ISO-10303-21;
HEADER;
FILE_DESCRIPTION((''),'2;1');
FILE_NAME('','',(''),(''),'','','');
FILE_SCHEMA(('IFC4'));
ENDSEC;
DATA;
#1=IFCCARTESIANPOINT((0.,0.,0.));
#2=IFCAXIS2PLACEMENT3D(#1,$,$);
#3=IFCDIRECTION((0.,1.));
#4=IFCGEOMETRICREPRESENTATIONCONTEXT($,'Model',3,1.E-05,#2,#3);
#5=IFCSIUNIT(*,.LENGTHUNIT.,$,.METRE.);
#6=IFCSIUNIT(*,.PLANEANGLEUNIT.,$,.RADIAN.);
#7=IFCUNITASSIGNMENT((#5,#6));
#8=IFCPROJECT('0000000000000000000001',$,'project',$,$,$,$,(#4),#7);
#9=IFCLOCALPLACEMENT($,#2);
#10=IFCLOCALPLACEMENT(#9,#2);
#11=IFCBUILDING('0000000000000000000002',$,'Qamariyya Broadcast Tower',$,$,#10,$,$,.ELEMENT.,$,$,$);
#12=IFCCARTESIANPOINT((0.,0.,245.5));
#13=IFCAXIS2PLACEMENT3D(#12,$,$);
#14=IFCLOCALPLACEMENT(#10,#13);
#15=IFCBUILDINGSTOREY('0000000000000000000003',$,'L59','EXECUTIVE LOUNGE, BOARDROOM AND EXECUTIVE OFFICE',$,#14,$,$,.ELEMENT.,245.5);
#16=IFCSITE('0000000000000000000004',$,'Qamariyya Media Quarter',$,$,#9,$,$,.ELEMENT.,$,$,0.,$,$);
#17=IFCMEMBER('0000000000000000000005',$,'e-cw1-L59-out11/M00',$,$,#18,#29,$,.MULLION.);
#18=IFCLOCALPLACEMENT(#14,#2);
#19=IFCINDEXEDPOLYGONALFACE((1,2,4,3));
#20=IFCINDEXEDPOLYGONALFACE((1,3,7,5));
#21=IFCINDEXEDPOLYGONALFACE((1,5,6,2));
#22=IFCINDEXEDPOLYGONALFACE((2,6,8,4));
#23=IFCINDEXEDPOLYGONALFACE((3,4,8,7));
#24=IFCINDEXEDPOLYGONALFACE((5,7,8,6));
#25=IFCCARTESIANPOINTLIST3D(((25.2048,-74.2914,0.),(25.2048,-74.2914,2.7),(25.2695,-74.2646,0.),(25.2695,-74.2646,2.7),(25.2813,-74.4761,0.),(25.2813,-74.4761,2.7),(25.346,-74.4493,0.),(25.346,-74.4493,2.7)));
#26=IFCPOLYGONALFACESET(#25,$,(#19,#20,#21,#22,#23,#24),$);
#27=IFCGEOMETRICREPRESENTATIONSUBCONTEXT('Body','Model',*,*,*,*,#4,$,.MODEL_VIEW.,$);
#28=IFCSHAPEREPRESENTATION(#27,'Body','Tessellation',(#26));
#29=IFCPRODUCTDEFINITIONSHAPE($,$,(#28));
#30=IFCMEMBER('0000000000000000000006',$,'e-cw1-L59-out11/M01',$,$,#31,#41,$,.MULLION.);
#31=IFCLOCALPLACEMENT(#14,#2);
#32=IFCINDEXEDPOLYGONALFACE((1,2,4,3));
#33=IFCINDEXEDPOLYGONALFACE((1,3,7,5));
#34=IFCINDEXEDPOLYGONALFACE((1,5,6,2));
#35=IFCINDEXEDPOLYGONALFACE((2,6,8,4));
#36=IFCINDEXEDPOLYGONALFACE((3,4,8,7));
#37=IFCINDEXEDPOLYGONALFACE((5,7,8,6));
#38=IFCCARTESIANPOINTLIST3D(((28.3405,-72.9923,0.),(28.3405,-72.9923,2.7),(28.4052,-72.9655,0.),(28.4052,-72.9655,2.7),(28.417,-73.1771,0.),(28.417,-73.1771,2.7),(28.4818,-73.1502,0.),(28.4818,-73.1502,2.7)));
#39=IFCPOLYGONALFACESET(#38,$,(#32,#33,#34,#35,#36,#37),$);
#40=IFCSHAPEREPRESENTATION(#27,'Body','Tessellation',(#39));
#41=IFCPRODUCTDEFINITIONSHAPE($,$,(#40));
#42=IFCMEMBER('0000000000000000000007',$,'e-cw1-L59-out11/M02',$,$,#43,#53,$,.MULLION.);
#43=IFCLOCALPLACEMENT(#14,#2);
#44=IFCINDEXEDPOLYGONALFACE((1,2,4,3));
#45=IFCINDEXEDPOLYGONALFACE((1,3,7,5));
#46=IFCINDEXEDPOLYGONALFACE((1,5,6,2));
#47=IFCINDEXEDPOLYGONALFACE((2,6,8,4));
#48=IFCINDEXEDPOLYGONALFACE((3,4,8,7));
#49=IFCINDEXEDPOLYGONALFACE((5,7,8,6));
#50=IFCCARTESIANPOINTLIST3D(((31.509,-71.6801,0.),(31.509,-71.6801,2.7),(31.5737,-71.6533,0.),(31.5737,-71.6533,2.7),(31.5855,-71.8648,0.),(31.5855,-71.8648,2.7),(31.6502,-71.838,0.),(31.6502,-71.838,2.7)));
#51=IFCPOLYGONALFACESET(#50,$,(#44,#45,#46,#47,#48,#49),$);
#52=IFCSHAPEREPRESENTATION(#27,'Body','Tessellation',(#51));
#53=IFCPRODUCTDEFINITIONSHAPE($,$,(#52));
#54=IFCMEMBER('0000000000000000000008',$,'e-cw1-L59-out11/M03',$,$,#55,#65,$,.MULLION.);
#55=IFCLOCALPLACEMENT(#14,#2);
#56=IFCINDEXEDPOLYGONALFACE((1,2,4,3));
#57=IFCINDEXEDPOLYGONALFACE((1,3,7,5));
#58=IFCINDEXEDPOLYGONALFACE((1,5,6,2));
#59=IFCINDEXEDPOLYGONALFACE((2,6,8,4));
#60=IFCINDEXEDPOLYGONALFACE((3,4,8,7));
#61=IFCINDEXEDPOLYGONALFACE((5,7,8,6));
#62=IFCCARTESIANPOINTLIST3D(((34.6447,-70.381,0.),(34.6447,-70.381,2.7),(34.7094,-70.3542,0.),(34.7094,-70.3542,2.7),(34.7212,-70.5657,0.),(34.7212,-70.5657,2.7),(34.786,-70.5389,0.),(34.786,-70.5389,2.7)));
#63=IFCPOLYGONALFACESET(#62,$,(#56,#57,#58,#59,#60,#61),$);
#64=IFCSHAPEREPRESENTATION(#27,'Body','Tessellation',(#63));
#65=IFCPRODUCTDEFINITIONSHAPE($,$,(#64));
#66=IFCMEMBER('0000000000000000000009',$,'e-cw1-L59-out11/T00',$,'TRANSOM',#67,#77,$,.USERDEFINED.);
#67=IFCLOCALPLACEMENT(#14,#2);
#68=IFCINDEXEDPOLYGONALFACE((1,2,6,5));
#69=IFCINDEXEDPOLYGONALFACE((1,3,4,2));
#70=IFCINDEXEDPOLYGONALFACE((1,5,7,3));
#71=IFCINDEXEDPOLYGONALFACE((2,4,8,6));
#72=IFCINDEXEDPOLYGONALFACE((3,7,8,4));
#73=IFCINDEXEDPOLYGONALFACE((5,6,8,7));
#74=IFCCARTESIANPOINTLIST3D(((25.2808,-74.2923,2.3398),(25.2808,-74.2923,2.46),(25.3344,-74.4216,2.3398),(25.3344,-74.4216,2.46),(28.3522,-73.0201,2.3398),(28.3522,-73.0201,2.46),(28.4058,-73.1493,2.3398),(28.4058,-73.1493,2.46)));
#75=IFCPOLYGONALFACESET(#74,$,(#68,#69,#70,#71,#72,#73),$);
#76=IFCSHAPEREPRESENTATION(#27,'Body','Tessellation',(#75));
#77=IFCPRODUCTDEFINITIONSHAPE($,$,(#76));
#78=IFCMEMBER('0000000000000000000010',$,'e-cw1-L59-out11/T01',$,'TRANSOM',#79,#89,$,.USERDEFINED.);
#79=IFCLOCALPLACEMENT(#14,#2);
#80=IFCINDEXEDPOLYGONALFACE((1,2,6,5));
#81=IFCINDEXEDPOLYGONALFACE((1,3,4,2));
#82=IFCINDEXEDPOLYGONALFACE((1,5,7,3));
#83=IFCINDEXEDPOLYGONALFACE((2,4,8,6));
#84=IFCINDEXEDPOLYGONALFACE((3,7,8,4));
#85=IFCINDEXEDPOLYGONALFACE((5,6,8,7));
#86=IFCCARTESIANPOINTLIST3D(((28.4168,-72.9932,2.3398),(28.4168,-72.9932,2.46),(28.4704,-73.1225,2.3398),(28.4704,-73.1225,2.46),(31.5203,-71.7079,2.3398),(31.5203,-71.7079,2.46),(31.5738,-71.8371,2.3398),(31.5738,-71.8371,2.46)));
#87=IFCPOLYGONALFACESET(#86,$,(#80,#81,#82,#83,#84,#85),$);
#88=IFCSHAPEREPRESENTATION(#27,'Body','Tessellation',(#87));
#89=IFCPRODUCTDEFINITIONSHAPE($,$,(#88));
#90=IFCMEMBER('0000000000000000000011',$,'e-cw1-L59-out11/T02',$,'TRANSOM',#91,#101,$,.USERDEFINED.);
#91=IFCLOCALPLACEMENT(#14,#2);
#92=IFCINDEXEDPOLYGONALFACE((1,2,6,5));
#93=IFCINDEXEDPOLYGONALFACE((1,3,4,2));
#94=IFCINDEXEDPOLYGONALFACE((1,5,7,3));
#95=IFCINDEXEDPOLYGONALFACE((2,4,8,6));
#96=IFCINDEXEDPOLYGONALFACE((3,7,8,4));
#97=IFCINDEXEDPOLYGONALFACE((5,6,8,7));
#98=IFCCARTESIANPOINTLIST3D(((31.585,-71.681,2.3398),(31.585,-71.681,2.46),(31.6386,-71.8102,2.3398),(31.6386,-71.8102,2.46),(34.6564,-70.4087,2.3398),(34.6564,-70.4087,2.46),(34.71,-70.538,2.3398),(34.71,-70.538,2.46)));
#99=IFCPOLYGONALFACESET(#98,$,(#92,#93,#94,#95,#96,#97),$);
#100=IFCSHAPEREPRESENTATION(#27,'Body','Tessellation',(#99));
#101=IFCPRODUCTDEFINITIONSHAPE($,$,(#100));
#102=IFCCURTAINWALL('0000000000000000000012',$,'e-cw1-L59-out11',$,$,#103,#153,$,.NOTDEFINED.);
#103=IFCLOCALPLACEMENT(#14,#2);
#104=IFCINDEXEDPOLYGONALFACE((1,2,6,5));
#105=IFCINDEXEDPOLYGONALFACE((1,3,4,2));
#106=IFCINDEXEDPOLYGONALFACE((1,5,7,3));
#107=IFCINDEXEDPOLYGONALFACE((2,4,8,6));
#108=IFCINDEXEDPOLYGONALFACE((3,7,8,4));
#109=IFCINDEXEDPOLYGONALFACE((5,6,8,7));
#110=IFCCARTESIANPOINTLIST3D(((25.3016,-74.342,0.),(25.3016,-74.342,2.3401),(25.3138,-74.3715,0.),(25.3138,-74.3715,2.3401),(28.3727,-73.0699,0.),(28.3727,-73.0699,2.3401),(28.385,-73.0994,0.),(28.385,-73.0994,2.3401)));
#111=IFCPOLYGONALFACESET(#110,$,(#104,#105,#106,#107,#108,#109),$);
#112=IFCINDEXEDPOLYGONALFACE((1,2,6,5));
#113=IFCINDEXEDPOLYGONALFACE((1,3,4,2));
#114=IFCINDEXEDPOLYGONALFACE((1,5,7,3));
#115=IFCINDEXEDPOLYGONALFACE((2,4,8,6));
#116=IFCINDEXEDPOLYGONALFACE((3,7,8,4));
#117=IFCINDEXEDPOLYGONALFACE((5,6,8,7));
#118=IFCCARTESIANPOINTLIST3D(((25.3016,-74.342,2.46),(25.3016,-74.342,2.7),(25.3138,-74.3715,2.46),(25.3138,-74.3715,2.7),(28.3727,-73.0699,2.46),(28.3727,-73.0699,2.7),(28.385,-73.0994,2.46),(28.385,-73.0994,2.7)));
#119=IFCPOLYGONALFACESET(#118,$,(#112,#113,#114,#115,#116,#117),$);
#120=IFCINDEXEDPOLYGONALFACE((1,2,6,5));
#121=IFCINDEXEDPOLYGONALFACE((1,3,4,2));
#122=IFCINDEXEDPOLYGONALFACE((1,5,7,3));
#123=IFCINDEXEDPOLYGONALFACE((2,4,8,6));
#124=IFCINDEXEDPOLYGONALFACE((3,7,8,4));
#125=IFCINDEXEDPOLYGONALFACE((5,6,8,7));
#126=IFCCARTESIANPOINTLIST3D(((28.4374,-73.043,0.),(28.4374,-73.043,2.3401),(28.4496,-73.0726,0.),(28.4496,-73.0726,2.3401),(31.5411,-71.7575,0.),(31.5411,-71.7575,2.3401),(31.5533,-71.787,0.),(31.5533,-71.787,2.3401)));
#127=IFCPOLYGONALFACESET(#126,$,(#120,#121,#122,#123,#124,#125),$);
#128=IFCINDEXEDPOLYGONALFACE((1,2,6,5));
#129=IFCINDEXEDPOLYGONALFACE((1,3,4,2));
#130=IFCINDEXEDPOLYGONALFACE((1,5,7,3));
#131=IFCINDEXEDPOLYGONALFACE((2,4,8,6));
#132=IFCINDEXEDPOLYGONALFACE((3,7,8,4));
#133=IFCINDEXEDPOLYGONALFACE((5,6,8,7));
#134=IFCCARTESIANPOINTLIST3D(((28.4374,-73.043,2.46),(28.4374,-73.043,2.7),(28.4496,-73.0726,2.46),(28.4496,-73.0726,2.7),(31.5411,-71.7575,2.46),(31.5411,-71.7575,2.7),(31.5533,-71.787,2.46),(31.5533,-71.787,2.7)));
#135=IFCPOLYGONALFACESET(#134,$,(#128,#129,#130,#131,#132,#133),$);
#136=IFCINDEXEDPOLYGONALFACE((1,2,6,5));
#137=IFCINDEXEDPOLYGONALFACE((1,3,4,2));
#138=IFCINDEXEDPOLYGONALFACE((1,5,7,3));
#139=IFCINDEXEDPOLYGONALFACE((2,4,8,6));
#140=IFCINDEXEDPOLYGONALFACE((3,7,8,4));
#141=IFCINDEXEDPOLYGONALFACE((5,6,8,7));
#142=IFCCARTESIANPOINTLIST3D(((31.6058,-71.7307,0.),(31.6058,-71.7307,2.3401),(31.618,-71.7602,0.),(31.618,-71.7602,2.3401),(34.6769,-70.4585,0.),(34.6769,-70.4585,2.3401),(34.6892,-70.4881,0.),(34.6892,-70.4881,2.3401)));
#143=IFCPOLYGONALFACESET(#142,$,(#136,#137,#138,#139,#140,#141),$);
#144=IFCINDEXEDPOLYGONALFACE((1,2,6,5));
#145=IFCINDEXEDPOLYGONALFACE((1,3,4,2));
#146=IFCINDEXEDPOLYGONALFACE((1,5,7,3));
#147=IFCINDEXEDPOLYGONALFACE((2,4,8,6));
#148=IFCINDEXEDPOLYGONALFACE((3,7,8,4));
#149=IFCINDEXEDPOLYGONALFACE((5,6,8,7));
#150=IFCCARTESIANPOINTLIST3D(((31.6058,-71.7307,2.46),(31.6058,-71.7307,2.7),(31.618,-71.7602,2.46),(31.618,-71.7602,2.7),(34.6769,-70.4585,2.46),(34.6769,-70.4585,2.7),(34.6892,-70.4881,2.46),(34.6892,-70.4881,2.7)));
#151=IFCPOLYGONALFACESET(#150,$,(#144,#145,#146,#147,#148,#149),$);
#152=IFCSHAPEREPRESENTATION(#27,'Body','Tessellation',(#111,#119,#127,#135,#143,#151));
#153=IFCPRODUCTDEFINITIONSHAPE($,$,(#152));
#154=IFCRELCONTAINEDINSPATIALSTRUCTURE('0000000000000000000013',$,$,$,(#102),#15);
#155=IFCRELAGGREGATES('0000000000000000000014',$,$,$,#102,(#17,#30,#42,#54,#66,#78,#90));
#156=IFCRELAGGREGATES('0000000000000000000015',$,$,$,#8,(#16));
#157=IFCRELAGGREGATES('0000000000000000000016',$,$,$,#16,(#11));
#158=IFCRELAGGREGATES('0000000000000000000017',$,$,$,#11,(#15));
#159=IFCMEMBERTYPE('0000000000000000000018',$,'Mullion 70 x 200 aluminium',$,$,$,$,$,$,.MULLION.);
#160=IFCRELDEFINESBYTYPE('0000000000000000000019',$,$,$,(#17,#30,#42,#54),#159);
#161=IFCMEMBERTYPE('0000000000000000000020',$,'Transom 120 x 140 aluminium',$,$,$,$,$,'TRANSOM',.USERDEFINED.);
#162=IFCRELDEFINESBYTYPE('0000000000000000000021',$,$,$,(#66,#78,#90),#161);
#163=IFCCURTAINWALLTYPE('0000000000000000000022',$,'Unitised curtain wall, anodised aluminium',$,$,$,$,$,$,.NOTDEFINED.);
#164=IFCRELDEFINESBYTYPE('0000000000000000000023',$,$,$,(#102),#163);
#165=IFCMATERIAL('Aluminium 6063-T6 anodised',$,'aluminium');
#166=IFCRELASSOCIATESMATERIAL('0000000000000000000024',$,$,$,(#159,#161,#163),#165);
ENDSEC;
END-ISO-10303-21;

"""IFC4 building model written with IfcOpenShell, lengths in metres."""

from ifc_helpers import new_model, si_unit, direction, frame, origin, origin_2d, place, context, subcontext, project, spatial, rectangle, extrude, material, material_profile, profile_set, type_object, element, aggregate, save


model = new_model("IFC4")

# Units and contexts
model_context = context("Model", 3, precision=1e-05, world=origin(), true_north=direction((0.0, 1.0)))
body_context = subcontext(model_context, "Body", "Model", "MODEL_VIEW")
ifc_project = project(units=[si_unit("LENGTHUNIT", "METRE"), si_unit("PLANEANGLEUNIT", "RADIAN")], contexts=[model_context])

# Members
ifc_material = material(Name="Aluminium 6063-T6 anodised", Category="aluminium")
ifc_material_profile_1 = material_profile(ifc_material, rectangle(XDim=0.2, YDim=0.0701, at=origin_2d()))
ifc_profile_set_1 = profile_set([ifc_material_profile_1], Name="Aluminium 6063-T6 anodised")
member_type_1 = type_object("IfcMemberType", Name="Mullion 70 x 200 aluminium", PredefinedType="MULLION", material=ifc_profile_set_1)
site_placement = place(None, origin())
building_placement = place(site_placement, origin())
storey_placement = place(building_placement, frame((0.0, 0.0, 245.5)))
member_1_placement = place(storey_placement, frame((25.2754, -74.3704, 0.0), z_axis=(0.0, 0.0, 1.0), x_axis=(-0.382683, 0.92388, 0.0)))
member_1 = element("IfcMember", 1, at=member_1_placement, type_object=member_type_1, Name="e-cw1-L59-out11/M00", PredefinedType="MULLION", context=body_context, shape_type="SweptSolid", body=[
    extrude(rectangle(XDim=0.2, YDim=0.0701, at=origin_2d()), origin(), (0.0, 0.0, 1.0), 2.7),
])
member_2_placement = place(storey_placement, frame((28.4111, -73.0713, 0.0), z_axis=(0.0, 0.0, 1.0), x_axis=(-0.382683, 0.92388, 0.0)))
member_2 = element("IfcMember", 2, at=member_2_placement, type_object=member_type_1, Name="e-cw1-L59-out11/M01", PredefinedType="MULLION", context=body_context, shape_type="SweptSolid", body=[
    extrude(rectangle(XDim=0.2, YDim=0.0701, at=origin_2d()), origin(), (0.0, 0.0, 1.0), 2.7),
])
member_3_placement = place(storey_placement, frame((31.5796, -71.759, 0.0), z_axis=(0.0, 0.0, 1.0), x_axis=(-0.382683, 0.92388, 0.0)))
member_3 = element("IfcMember", 3, at=member_3_placement, type_object=member_type_1, Name="e-cw1-L59-out11/M02", PredefinedType="MULLION", context=body_context, shape_type="SweptSolid", body=[
    extrude(rectangle(XDim=0.2, YDim=0.0701, at=origin_2d()), origin(), (0.0, 0.0, 1.0), 2.7),
])
member_4_placement = place(storey_placement, frame((34.7153, -70.46, 0.0), z_axis=(0.0, 0.0, 1.0), x_axis=(-0.382683, 0.92388, 0.0)))
member_4 = element("IfcMember", 4, at=member_4_placement, type_object=member_type_1, Name="e-cw1-L59-out11/M03", PredefinedType="MULLION", context=body_context, shape_type="SweptSolid", body=[
    extrude(rectangle(XDim=0.2, YDim=0.0701, at=origin_2d()), origin(), (0.0, 0.0, 1.0), 2.7),
])
ifc_material_profile_2 = material_profile(ifc_material, rectangle(XDim=0.1399, YDim=0.1201, at=origin_2d()))
ifc_profile_set_2 = profile_set([ifc_material_profile_2], Name="Aluminium 6063-T6 anodised")
member_type_2 = type_object("IfcMemberType", Name="Transom 120 x 140 aluminium", ElementType="TRANSOM", PredefinedType="USERDEFINED", material=ifc_profile_set_2)
member_5_placement = place(storey_placement, frame((25.3076, -74.3569, 2.3999), z_axis=(0.923875, 0.382696, 0.0), x_axis=(-0.382696, 0.923875, 0.0)))
member_5 = element("IfcMember", 5, at=member_5_placement, type_object=member_type_2, Name="e-cw1-L59-out11/T00", ObjectType="TRANSOM", PredefinedType="USERDEFINED", context=body_context, shape_type="SweptSolid", body=[
    extrude(rectangle(XDim=0.1399, YDim=0.1201, at=origin_2d()), origin(), (0.0, 0.0, 1.0), 3.3245),
])
member_6_placement = place(storey_placement, frame((28.4436, -73.0579, 2.3999), z_axis=(0.923892, 0.382653, 0.0), x_axis=(-0.382653, 0.923892, 0.0)))
member_6 = element("IfcMember", 6, at=member_6_placement, type_object=member_type_2, Name="e-cw1-L59-out11/T01", ObjectType="TRANSOM", PredefinedType="USERDEFINED", context=body_context, shape_type="SweptSolid", body=[
    extrude(rectangle(XDim=0.1399, YDim=0.1201, at=origin_2d()), origin(), (0.0, 0.0, 1.0), 3.3591),
])
member_7_placement = place(storey_placement, frame((31.6118, -71.7456, 2.3999), z_axis=(0.923875, 0.382696, 0.0), x_axis=(-0.382696, 0.923875, 0.0)))
member_7 = element("IfcMember", 7, at=member_7_placement, type_object=member_type_2, Name="e-cw1-L59-out11/T02", ObjectType="TRANSOM", PredefinedType="USERDEFINED", context=body_context, shape_type="SweptSolid", body=[
    extrude(rectangle(XDim=0.1399, YDim=0.1201, at=origin_2d()), origin(), (0.0, 0.0, 1.0), 3.3245),
])

# Site, building, storey
site = spatial("IfcSite", under=ifc_project, at=site_placement, Name="Qamariyya Media Quarter", CompositionType="ELEMENT", RefElevation=0.0)
building = spatial("IfcBuilding", under=site, at=building_placement, Name="Qamariyya Broadcast Tower", CompositionType="ELEMENT")
storey = spatial("IfcBuildingStorey", under=building, at=storey_placement, Name="L59", Description="EXECUTIVE LOUNGE, BOARDROOM AND EXECUTIVE OFFICE", CompositionType="ELEMENT", Elevation=245.5)

# Curtain wall
curtain_wall_type = type_object("IfcCurtainWallType", Name="Unitised curtain wall, anodised aluminium", PredefinedType="NOTDEFINED", material=ifc_material)
curtain_wall_1_placement = place(storey_placement, origin())
curtain_wall_1 = element("IfcCurtainWall", 8, at=curtain_wall_1_placement, inside=storey, type_object=curtain_wall_type, Name="e-cw1-L59-out11", PredefinedType="NOTDEFINED", context=body_context, shape_type="SweptSolid", body=[
    extrude(rectangle(XDim=3.3242, YDim=0.032, at=origin_2d()), frame((26.8433, -73.7207, 0.0), x_axis=(0.923881, 0.38268, 0.0)), (0.0, 0.0, 1.0), 2.3401),
    extrude(rectangle(XDim=3.3242, YDim=0.032, at=origin_2d()), frame((26.8433, -73.7207, 2.46), x_axis=(0.923881, 0.38268, 0.0)), (0.0, 0.0, 1.0), 0.24),
    extrude(rectangle(XDim=3.3594, YDim=0.032, at=origin_2d()), frame((29.9954, -72.415, 0.0), x_axis=(0.923881, 0.38268, 0.0)), (0.0, 0.0, 1.0), 2.3401),
    extrude(rectangle(XDim=3.3594, YDim=0.032, at=origin_2d()), frame((29.9954, -72.415, 2.46), x_axis=(0.923881, 0.38268, 0.0)), (0.0, 0.0, 1.0), 0.24),
    extrude(rectangle(XDim=3.3242, YDim=0.032, at=origin_2d()), frame((33.1475, -71.1094, 0.0), x_axis=(0.923881, 0.38268, 0.0)), (0.0, 0.0, 1.0), 2.3401),
    extrude(rectangle(XDim=3.3242, YDim=0.032, at=origin_2d()), frame((33.1475, -71.1094, 2.46), x_axis=(0.923881, 0.38268, 0.0)), (0.0, 0.0, 1.0), 0.24),
])
aggregate(curtain_wall_1, [member_1, member_2, member_3, member_4, member_5, member_6, member_7])

save(model, "model.ifc")
